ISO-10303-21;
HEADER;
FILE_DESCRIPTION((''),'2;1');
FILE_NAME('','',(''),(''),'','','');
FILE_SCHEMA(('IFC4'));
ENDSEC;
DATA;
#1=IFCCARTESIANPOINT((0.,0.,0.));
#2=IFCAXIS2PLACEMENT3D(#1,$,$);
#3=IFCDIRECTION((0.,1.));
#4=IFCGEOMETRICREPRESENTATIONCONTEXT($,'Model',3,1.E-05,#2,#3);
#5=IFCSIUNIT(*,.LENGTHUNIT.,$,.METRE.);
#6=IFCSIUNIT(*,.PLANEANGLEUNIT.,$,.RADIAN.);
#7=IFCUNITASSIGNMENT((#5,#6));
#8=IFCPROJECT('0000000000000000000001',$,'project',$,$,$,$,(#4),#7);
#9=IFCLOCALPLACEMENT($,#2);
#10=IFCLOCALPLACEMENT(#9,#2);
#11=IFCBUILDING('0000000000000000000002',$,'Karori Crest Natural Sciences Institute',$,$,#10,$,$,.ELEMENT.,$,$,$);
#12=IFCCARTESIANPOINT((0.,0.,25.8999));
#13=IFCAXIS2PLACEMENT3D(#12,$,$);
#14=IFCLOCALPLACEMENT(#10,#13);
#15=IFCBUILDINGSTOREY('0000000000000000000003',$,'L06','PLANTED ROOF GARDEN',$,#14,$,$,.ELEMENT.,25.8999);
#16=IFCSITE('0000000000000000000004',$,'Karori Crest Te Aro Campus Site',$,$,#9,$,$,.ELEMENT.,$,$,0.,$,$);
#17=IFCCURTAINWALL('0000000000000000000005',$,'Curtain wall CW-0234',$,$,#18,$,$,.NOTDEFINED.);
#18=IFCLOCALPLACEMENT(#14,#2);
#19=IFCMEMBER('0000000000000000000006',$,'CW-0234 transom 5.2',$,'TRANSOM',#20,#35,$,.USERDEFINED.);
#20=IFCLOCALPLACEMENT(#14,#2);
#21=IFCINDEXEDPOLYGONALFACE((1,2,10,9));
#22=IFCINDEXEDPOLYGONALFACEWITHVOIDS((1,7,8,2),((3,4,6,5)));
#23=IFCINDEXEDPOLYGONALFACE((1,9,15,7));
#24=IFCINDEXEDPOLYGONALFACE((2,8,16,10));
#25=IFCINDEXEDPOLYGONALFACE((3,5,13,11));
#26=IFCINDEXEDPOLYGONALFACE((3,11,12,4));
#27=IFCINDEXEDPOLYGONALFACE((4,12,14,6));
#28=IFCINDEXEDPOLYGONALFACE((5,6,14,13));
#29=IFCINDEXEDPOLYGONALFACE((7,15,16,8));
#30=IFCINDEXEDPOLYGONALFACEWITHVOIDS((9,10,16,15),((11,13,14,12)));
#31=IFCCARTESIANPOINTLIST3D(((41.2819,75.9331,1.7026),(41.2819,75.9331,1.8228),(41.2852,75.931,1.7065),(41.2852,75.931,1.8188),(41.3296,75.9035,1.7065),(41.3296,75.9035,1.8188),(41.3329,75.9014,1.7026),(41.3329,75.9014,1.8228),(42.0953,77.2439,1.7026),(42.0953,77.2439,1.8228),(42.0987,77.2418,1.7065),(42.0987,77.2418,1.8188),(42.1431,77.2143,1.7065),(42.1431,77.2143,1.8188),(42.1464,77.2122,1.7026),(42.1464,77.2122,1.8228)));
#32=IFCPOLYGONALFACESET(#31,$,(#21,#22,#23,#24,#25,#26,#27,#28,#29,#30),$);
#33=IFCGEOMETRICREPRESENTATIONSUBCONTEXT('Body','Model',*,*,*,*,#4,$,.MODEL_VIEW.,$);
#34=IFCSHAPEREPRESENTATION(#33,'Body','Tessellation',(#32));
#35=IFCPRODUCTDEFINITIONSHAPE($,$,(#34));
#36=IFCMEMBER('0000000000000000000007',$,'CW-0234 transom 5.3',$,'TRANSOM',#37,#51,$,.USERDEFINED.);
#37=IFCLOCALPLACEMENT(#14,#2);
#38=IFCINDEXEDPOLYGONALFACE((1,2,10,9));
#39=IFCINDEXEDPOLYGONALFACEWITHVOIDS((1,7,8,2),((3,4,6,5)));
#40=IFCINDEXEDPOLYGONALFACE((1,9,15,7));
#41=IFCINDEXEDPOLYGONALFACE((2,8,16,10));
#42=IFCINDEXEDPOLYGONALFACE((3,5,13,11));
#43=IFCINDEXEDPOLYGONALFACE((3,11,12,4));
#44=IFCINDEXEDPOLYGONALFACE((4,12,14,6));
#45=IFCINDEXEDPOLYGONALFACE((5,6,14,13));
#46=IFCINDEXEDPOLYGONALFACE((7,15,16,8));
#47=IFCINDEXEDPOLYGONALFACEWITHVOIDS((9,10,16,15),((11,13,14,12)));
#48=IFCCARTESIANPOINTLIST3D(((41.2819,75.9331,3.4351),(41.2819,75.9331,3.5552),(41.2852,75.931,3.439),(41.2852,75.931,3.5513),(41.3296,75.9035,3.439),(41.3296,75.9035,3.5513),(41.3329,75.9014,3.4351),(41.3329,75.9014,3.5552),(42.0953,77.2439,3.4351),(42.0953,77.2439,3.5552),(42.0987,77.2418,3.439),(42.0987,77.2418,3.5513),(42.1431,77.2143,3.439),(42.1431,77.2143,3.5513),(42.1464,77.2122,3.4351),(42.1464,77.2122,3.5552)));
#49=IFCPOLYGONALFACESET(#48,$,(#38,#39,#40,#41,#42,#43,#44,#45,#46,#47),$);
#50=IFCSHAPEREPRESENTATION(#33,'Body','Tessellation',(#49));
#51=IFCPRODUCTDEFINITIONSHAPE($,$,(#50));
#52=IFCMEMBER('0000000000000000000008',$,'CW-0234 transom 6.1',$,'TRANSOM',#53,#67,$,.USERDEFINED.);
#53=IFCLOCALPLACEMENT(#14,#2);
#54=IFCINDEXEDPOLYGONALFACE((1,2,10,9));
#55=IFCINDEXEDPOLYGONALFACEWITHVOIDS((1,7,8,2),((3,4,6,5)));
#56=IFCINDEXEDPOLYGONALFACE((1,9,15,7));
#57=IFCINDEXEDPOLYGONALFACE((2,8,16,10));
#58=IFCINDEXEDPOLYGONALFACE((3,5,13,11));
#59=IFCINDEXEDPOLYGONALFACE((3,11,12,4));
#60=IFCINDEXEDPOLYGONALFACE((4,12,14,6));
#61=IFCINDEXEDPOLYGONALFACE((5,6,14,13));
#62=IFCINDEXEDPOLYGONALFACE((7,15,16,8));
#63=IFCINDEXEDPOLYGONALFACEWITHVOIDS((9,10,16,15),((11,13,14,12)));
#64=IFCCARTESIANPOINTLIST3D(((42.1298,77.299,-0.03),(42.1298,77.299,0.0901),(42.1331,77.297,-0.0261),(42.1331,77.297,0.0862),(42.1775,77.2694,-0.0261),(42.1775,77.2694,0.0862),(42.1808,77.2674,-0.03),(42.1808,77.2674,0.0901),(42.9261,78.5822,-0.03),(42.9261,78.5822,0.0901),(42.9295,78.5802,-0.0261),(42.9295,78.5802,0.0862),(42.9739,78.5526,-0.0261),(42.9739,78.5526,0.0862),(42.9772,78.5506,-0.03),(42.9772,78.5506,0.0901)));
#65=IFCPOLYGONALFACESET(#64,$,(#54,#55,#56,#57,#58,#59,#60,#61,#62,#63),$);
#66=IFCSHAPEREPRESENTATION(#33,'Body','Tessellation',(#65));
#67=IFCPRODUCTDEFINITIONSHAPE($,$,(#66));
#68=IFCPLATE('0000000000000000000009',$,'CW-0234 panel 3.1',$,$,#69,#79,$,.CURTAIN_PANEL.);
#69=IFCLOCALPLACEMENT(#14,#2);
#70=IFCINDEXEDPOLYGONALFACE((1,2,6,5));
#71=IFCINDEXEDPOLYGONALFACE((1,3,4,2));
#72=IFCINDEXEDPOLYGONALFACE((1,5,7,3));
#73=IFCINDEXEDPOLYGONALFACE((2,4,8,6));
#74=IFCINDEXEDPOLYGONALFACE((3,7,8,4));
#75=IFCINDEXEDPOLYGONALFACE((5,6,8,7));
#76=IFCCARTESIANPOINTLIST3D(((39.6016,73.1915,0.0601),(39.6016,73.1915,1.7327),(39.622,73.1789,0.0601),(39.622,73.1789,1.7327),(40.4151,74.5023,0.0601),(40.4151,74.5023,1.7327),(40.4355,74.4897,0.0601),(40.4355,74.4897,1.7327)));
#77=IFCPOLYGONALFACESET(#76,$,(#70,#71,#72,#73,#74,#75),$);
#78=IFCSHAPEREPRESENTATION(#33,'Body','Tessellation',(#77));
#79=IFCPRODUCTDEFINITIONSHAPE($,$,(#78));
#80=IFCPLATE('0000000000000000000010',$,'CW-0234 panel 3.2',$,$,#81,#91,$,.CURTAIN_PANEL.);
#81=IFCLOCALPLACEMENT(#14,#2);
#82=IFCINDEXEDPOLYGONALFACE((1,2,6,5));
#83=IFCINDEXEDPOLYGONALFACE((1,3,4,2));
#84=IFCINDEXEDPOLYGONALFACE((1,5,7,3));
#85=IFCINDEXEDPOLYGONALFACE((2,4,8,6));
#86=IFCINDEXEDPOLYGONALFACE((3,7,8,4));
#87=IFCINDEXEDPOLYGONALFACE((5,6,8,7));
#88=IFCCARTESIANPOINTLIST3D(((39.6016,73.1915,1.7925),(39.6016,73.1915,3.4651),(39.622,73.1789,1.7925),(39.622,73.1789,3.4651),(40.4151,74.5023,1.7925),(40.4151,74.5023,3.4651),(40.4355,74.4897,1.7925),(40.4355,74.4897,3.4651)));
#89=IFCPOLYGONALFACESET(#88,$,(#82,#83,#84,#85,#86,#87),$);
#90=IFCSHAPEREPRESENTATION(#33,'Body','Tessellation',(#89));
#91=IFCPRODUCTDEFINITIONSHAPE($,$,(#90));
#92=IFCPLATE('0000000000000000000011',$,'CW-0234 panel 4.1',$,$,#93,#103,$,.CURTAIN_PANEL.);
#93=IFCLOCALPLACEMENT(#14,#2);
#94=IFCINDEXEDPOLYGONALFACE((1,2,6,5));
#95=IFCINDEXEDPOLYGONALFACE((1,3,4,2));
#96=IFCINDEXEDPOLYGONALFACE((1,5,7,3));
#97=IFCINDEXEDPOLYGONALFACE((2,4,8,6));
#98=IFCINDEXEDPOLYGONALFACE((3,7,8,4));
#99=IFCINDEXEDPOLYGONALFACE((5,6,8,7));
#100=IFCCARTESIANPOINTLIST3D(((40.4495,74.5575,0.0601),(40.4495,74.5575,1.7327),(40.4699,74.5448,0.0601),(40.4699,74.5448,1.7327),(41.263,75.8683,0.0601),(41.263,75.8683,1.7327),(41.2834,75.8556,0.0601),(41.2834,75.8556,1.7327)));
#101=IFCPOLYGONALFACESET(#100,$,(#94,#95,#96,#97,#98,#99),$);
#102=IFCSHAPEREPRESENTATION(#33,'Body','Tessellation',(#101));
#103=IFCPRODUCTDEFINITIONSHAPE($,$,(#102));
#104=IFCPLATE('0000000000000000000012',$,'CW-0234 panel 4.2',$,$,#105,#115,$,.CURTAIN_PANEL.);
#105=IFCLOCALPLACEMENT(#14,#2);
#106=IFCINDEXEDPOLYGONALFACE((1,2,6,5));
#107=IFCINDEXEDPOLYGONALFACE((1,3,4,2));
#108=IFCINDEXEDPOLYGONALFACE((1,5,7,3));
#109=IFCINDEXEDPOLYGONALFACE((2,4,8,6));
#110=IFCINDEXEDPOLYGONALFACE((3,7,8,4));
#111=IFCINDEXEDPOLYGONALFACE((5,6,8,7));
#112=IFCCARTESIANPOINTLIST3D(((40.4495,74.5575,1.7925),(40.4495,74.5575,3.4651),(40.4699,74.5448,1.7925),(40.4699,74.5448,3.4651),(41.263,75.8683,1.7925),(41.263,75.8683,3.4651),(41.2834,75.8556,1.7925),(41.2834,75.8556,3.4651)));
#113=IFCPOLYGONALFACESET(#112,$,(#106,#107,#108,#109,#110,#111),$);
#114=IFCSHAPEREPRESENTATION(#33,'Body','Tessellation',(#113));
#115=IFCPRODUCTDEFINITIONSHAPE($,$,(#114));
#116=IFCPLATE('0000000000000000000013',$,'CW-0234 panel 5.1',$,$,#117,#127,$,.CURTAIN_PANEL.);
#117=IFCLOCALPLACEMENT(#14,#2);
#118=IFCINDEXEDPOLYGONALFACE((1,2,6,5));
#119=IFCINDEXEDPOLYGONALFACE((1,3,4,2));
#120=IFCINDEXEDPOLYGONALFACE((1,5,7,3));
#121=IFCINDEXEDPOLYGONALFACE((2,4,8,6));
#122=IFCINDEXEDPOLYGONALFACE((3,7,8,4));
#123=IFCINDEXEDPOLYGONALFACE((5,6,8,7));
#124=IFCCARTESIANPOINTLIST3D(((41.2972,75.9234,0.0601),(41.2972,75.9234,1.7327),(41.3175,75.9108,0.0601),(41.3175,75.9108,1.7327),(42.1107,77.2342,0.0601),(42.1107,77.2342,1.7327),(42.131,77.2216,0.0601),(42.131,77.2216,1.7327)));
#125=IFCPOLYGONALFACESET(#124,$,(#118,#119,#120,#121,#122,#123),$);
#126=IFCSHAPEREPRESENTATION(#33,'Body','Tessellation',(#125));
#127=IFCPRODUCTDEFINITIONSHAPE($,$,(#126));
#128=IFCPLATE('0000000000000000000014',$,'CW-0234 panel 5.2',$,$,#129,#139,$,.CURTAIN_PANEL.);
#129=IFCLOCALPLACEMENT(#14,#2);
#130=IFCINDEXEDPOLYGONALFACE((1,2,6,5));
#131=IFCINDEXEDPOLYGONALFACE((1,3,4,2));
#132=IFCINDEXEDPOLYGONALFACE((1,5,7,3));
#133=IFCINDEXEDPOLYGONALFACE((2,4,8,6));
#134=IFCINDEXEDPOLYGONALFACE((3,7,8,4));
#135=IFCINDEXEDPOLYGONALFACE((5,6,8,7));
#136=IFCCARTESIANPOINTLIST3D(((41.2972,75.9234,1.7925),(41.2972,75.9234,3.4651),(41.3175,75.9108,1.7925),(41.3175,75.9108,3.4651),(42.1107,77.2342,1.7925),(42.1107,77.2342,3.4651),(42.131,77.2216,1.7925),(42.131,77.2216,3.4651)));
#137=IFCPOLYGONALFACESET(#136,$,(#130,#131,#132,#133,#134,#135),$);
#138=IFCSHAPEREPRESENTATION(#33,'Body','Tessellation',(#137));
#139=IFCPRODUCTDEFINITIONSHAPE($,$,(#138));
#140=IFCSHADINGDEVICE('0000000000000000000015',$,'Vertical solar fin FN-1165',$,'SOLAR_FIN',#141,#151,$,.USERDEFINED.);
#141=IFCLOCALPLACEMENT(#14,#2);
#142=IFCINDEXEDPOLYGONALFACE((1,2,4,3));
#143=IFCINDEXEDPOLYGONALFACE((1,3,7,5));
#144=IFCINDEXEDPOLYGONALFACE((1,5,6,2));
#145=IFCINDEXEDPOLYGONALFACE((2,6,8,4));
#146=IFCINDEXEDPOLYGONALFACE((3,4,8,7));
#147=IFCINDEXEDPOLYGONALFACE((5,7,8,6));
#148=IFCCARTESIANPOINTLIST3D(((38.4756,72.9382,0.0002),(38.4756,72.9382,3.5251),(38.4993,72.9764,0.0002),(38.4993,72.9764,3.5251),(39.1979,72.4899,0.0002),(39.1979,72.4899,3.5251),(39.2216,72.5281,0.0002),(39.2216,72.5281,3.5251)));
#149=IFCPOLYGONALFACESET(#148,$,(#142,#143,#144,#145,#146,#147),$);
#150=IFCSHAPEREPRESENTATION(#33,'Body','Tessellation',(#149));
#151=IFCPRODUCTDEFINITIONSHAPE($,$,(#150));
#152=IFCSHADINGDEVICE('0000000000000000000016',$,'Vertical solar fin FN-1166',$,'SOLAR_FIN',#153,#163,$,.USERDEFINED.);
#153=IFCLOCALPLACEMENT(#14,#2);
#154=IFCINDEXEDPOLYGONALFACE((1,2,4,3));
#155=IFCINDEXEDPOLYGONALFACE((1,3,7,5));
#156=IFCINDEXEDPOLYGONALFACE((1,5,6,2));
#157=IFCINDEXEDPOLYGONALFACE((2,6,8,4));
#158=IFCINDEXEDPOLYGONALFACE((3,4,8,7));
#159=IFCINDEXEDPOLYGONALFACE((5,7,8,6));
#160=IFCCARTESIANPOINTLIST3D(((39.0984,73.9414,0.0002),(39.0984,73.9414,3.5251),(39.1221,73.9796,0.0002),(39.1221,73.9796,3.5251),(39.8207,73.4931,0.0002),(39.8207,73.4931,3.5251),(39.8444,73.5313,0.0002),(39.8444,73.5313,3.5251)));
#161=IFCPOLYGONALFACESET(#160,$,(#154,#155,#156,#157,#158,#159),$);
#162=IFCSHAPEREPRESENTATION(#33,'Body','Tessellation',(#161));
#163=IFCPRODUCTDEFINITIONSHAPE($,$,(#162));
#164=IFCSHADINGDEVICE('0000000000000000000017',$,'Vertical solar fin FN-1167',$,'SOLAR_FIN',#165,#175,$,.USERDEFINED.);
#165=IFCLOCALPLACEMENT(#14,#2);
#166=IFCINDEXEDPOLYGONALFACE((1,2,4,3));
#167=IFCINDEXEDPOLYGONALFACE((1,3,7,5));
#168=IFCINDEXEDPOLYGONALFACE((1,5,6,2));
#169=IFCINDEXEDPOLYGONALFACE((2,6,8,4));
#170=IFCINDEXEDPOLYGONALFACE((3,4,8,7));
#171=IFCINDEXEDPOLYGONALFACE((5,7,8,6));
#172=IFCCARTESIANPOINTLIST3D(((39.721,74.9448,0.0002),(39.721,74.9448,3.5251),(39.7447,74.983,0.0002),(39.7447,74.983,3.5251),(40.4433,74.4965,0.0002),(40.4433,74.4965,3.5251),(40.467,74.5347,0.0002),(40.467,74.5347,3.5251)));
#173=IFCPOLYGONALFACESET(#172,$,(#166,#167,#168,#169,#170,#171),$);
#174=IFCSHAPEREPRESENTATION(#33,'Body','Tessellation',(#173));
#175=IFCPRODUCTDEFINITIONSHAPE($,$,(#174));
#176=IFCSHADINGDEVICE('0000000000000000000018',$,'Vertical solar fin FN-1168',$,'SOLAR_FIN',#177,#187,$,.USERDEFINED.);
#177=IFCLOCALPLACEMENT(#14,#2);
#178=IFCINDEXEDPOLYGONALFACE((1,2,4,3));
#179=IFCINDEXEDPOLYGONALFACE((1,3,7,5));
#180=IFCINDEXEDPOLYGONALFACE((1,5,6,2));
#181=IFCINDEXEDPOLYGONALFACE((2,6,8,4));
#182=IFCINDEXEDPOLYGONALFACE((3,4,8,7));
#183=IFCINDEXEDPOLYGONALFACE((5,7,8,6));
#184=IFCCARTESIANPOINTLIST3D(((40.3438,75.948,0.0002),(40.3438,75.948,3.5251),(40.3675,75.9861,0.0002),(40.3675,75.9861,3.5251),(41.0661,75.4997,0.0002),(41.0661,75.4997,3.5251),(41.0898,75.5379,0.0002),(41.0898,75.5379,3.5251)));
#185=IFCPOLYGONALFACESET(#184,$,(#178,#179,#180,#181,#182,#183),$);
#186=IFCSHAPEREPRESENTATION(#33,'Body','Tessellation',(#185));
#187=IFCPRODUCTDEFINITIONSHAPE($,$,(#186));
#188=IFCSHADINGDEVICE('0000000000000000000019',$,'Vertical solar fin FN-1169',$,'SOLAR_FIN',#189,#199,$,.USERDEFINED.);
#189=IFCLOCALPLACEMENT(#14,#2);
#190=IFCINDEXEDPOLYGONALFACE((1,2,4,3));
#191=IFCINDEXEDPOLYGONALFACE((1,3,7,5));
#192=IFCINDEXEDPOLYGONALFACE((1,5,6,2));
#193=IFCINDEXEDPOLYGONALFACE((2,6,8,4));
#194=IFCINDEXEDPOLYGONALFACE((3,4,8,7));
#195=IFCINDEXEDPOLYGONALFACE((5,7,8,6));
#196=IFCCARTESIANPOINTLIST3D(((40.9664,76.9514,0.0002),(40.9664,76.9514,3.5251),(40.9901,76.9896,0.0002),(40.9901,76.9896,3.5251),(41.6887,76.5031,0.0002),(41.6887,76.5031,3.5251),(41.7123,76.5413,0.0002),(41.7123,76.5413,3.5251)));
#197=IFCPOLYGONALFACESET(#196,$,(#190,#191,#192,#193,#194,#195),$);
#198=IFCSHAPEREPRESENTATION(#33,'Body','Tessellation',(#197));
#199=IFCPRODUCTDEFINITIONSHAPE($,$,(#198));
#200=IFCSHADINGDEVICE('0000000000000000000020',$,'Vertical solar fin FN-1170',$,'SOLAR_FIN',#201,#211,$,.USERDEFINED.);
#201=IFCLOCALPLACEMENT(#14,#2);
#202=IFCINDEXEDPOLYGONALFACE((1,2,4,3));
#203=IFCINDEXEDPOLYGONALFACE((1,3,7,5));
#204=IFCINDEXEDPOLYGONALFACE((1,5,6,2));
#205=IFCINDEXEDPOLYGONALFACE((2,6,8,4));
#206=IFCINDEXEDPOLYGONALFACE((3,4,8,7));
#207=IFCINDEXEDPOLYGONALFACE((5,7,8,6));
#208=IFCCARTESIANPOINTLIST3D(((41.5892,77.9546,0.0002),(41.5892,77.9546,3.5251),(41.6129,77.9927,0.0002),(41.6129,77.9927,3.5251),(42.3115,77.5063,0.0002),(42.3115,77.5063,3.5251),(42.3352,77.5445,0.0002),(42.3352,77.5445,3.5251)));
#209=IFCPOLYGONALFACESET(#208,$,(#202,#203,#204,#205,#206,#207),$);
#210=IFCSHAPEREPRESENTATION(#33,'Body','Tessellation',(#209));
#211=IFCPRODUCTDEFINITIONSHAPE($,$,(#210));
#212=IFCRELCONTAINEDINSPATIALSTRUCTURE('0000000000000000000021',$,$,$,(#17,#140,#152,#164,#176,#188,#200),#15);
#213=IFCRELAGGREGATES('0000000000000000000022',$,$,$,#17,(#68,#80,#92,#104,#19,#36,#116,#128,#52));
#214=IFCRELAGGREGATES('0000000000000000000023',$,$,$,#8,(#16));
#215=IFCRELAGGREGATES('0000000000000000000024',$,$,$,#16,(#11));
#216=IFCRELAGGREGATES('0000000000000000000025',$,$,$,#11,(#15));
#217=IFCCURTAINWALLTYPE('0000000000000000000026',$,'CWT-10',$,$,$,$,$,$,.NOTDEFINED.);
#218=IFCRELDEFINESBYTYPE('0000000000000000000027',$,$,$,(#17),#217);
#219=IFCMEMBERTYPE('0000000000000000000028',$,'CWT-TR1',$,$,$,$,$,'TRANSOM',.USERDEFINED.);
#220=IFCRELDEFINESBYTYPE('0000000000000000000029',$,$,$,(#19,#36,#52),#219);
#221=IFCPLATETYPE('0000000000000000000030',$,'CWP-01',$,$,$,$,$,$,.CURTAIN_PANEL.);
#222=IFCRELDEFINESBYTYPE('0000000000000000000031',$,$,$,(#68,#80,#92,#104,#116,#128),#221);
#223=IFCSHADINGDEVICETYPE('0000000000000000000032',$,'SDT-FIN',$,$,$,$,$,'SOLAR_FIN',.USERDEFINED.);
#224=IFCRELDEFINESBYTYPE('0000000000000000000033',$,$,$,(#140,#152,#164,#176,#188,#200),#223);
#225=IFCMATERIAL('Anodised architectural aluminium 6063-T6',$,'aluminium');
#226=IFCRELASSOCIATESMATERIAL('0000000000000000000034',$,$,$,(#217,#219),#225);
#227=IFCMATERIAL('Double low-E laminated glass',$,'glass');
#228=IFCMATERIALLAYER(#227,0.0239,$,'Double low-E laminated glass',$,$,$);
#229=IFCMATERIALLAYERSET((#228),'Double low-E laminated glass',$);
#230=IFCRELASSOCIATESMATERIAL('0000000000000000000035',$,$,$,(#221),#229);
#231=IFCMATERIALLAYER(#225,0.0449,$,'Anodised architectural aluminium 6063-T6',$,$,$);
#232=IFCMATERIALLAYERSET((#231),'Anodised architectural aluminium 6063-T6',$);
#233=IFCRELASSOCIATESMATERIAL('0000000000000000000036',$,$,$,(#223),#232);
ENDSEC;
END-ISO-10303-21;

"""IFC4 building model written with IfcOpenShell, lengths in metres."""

from ifc_helpers import new_model, si_unit, direction, frame, origin, origin_2d, place, context, subcontext, project, spatial, rectangle, hollow_rectangle, extrude, material, layer, layer_set, material_profile, profile_set, type_object, element, aggregate, save


model = new_model("IFC4")

# Units and contexts
model_context = context("Model", 3, precision=1e-05, world=origin(), true_north=direction((0.0, 1.0)))
body_context = subcontext(model_context, "Body", "Model", "MODEL_VIEW")
ifc_project = project(units=[si_unit("LENGTHUNIT", "METRE"), si_unit("PLANEANGLEUNIT", "RADIAN")], contexts=[model_context])

# Site, building, storey
site_placement = place(None, origin())
site = spatial("IfcSite", under=ifc_project, at=site_placement, Name="Karori Crest Te Aro Campus Site", CompositionType="ELEMENT", RefElevation=0.0)
building_placement = place(site_placement, origin())
building = spatial("IfcBuilding", under=site, at=building_placement, Name="Karori Crest Natural Sciences Institute", CompositionType="ELEMENT")
storey_placement = place(building_placement, frame((0.0, 0.0, 25.8999)))
storey = spatial("IfcBuildingStorey", under=building, at=storey_placement, Name="L06", Description="PLANTED ROOF GARDEN", CompositionType="ELEMENT", Elevation=25.8999)

# Curtain wall, members, plates
ifc_material_1 = material(Name="Anodised architectural aluminium 6063-T6", Category="aluminium")
curtain_wall_type = type_object("IfcCurtainWallType", Name="CWT-10", PredefinedType="NOTDEFINED", material=ifc_material_1)
curtain_wall_placement = place(storey_placement, origin())
curtain_wall = element("IfcCurtainWall", 1, at=curtain_wall_placement, inside=storey, type_object=curtain_wall_type, Name="Curtain wall CW-0234", PredefinedType="NOTDEFINED")
ifc_material_profile_1 = material_profile(ifc_material_1, hollow_rectangle(XDim=0.0601, YDim=0.1201, WallThickness=0.0039, at=origin_2d()), Name="CWT120x60x4")
ifc_profile_set_1 = profile_set([ifc_material_profile_1], Name="Anodised architectural aluminium 6063-T6")
member_type_1 = type_object("IfcMemberType", Name="CWT-TR1", ElementType="TRANSOM", PredefinedType="USERDEFINED", material=ifc_profile_set_1)
member_1_placement = place(storey_placement, frame((41.3074, 75.9172, 1.7627), z_axis=(0.527308, 0.849674, 0.0), x_axis=(-0.849674, 0.527308, 0.0)))
member_1 = element("IfcMember", 2, at=member_1_placement, type_object=member_type_1, Name="CW-0234 transom 5.2", ObjectType="TRANSOM", PredefinedType="USERDEFINED", context=body_context, shape_type="SweptSolid", body=[
    extrude(hollow_rectangle(XDim=0.0601, YDim=0.1201, WallThickness=0.0039, at=origin_2d()), origin(), (0.0, 0.0, 1.0), 1.5427),
])
member_2_placement = place(storey_placement, frame((41.3074, 75.9172, 3.4951), z_axis=(0.527308, 0.849674, 0.0), x_axis=(-0.849674, 0.527308, 0.0)))
member_2 = element("IfcMember", 3, at=member_2_placement, type_object=member_type_1, Name="CW-0234 transom 5.3", ObjectType="TRANSOM", PredefinedType="USERDEFINED", context=body_context, shape_type="SweptSolid", body=[
    extrude(hollow_rectangle(XDim=0.0601, YDim=0.1201, WallThickness=0.0039, at=origin_2d()), origin(), (0.0, 0.0, 1.0), 1.5427),
])
member_3_placement = place(storey_placement, frame((42.1553, 77.2832, 0.03), z_axis=(0.527323, 0.849665, 0.0), x_axis=(-0.849665, 0.527323, 0.0)))
member_3 = element("IfcMember", 4, at=member_3_placement, type_object=member_type_1, Name="CW-0234 transom 6.1", ObjectType="TRANSOM", PredefinedType="USERDEFINED", context=body_context, shape_type="SweptSolid", body=[
    extrude(hollow_rectangle(XDim=0.0601, YDim=0.1201, WallThickness=0.0039, at=origin_2d()), origin(), (0.0, 0.0, 1.0), 1.5103),
])
ifc_material_2 = material(Name="Double low-E laminated glass", Category="glass")
ifc_layer_1 = layer(ifc_material_2, 0.0239, Name="Double low-E laminated glass")
ifc_layer_set_1 = layer_set([ifc_layer_1], Name="Double low-E laminated glass")
plate_type = type_object("IfcPlateType", Name="CWP-01", PredefinedType="CURTAIN_PANEL", material=ifc_layer_set_1)
plate_1_placement = place(storey_placement, frame((40.0186, 73.8406, 0.0601), z_axis=(0.0, 0.0, 1.0), x_axis=(0.527324, 0.849664, 0.0)))
plate_1 = element("IfcPlate", 5, at=plate_1_placement, type_object=plate_type, Name="CW-0234 panel 3.1", PredefinedType="CURTAIN_PANEL", context=body_context, shape_type="SweptSolid", body=[
    extrude(rectangle(XDim=1.5427, YDim=0.0239, at=origin_2d()), origin(), (0.0, 0.0, 1.0), 1.6726),
])
plate_2_placement = place(storey_placement, frame((40.0186, 73.8406, 1.7925), z_axis=(0.0, 0.0, 1.0), x_axis=(0.527324, 0.849664, 0.0)))
plate_2 = element("IfcPlate", 6, at=plate_2_placement, type_object=plate_type, Name="CW-0234 panel 3.2", PredefinedType="CURTAIN_PANEL", context=body_context, shape_type="SweptSolid", body=[
    extrude(rectangle(XDim=1.5427, YDim=0.0239, at=origin_2d()), origin(), (0.0, 0.0, 1.0), 1.6726),
])
plate_3_placement = place(storey_placement, frame((40.8665, 75.2065, 0.0601), z_axis=(0.0, 0.0, 1.0), x_axis=(0.527324, 0.849664, 0.0)))
plate_3 = element("IfcPlate", 7, at=plate_3_placement, type_object=plate_type, Name="CW-0234 panel 4.1", PredefinedType="CURTAIN_PANEL", context=body_context, shape_type="SweptSolid", body=[
    extrude(rectangle(XDim=1.5427, YDim=0.0239, at=origin_2d()), origin(), (0.0, 0.0, 1.0), 1.6726),
])
plate_4_placement = place(storey_placement, frame((40.8665, 75.2065, 1.7925), z_axis=(0.0, 0.0, 1.0), x_axis=(0.527324, 0.849664, 0.0)))
plate_4 = element("IfcPlate", 8, at=plate_4_placement, type_object=plate_type, Name="CW-0234 panel 4.2", PredefinedType="CURTAIN_PANEL", context=body_context, shape_type="SweptSolid", body=[
    extrude(rectangle(XDim=1.5427, YDim=0.0239, at=origin_2d()), origin(), (0.0, 0.0, 1.0), 1.6726),
])
plate_5_placement = place(storey_placement, frame((41.7141, 76.5725, 0.0601), z_axis=(0.0, 0.0, 1.0), x_axis=(0.527324, 0.849664, 0.0)))
plate_5 = element("IfcPlate", 9, at=plate_5_placement, type_object=plate_type, Name="CW-0234 panel 5.1", PredefinedType="CURTAIN_PANEL", context=body_context, shape_type="SweptSolid", body=[
    extrude(rectangle(XDim=1.5427, YDim=0.0239, at=origin_2d()), origin(), (0.0, 0.0, 1.0), 1.6726),
])
plate_6_placement = place(storey_placement, frame((41.7141, 76.5725, 1.7925), z_axis=(0.0, 0.0, 1.0), x_axis=(0.527324, 0.849664, 0.0)))
plate_6 = element("IfcPlate", 10, at=plate_6_placement, type_object=plate_type, Name="CW-0234 panel 5.2", PredefinedType="CURTAIN_PANEL", context=body_context, shape_type="SweptSolid", body=[
    extrude(rectangle(XDim=1.5427, YDim=0.0239, at=origin_2d()), origin(), (0.0, 0.0, 1.0), 1.6726),
])
aggregate(curtain_wall, [plate_1, plate_2, plate_3, plate_4, member_1, member_2, plate_5, plate_6, member_3])

# Shading devices
ifc_layer_2 = layer(ifc_material_1, 0.0449, Name="Anodised architectural aluminium 6063-T6")
ifc_layer_set_2 = layer_set([ifc_layer_2], Name="Anodised architectural aluminium 6063-T6")
shading_device_type = type_object("IfcShadingDeviceType", Name="SDT-FIN", ElementType="SOLAR_FIN", PredefinedType="USERDEFINED", material=ifc_layer_set_2)
for number, where, z_axis, x_axis, name in (
    (11, (38.8486, 72.7332, 0.0002), (0.0, 0.0, 1.0), (-0.849665, 0.527324, 0.0), "Vertical solar fin FN-1165"),
    (12, (39.4714, 73.7363, 0.0002), (0.0, 0.0, 1.0), (-0.849665, 0.527324, 0.0), "Vertical solar fin FN-1166"),
    (13, (40.094, 74.7397, 0.0002), (0.0, 0.0, 1.0), (-0.849665, 0.527324, 0.0), "Vertical solar fin FN-1167"),
    (14, (40.7168, 75.7429, 0.0002), (0.0, 0.0, 1.0), (-0.849665, 0.527324, 0.0), "Vertical solar fin FN-1168"),
    (15, (41.3394, 76.7463, 0.0002), (0.0, 0.0, 1.0), (-0.849665, 0.527324, 0.0), "Vertical solar fin FN-1169"),
    (16, (41.9622, 77.7495, 0.0002), (0.0, 0.0, 1.0), (-0.849665, 0.527324, 0.0), "Vertical solar fin FN-1170"),
):
    element("IfcShadingDevice", number, at=place(storey_placement, frame(where, z_axis=z_axis, x_axis=x_axis)), inside=storey, type_object=shading_device_type, Name=name, ObjectType="SOLAR_FIN", PredefinedType="USERDEFINED", context=body_context, shape_type="SweptSolid", body=[
        extrude(rectangle(XDim=0.8501, YDim=0.0449, at=origin_2d()), origin(), (0.0, 0.0, 1.0), 3.5249),
    ])

save(model, "model.ifc")
